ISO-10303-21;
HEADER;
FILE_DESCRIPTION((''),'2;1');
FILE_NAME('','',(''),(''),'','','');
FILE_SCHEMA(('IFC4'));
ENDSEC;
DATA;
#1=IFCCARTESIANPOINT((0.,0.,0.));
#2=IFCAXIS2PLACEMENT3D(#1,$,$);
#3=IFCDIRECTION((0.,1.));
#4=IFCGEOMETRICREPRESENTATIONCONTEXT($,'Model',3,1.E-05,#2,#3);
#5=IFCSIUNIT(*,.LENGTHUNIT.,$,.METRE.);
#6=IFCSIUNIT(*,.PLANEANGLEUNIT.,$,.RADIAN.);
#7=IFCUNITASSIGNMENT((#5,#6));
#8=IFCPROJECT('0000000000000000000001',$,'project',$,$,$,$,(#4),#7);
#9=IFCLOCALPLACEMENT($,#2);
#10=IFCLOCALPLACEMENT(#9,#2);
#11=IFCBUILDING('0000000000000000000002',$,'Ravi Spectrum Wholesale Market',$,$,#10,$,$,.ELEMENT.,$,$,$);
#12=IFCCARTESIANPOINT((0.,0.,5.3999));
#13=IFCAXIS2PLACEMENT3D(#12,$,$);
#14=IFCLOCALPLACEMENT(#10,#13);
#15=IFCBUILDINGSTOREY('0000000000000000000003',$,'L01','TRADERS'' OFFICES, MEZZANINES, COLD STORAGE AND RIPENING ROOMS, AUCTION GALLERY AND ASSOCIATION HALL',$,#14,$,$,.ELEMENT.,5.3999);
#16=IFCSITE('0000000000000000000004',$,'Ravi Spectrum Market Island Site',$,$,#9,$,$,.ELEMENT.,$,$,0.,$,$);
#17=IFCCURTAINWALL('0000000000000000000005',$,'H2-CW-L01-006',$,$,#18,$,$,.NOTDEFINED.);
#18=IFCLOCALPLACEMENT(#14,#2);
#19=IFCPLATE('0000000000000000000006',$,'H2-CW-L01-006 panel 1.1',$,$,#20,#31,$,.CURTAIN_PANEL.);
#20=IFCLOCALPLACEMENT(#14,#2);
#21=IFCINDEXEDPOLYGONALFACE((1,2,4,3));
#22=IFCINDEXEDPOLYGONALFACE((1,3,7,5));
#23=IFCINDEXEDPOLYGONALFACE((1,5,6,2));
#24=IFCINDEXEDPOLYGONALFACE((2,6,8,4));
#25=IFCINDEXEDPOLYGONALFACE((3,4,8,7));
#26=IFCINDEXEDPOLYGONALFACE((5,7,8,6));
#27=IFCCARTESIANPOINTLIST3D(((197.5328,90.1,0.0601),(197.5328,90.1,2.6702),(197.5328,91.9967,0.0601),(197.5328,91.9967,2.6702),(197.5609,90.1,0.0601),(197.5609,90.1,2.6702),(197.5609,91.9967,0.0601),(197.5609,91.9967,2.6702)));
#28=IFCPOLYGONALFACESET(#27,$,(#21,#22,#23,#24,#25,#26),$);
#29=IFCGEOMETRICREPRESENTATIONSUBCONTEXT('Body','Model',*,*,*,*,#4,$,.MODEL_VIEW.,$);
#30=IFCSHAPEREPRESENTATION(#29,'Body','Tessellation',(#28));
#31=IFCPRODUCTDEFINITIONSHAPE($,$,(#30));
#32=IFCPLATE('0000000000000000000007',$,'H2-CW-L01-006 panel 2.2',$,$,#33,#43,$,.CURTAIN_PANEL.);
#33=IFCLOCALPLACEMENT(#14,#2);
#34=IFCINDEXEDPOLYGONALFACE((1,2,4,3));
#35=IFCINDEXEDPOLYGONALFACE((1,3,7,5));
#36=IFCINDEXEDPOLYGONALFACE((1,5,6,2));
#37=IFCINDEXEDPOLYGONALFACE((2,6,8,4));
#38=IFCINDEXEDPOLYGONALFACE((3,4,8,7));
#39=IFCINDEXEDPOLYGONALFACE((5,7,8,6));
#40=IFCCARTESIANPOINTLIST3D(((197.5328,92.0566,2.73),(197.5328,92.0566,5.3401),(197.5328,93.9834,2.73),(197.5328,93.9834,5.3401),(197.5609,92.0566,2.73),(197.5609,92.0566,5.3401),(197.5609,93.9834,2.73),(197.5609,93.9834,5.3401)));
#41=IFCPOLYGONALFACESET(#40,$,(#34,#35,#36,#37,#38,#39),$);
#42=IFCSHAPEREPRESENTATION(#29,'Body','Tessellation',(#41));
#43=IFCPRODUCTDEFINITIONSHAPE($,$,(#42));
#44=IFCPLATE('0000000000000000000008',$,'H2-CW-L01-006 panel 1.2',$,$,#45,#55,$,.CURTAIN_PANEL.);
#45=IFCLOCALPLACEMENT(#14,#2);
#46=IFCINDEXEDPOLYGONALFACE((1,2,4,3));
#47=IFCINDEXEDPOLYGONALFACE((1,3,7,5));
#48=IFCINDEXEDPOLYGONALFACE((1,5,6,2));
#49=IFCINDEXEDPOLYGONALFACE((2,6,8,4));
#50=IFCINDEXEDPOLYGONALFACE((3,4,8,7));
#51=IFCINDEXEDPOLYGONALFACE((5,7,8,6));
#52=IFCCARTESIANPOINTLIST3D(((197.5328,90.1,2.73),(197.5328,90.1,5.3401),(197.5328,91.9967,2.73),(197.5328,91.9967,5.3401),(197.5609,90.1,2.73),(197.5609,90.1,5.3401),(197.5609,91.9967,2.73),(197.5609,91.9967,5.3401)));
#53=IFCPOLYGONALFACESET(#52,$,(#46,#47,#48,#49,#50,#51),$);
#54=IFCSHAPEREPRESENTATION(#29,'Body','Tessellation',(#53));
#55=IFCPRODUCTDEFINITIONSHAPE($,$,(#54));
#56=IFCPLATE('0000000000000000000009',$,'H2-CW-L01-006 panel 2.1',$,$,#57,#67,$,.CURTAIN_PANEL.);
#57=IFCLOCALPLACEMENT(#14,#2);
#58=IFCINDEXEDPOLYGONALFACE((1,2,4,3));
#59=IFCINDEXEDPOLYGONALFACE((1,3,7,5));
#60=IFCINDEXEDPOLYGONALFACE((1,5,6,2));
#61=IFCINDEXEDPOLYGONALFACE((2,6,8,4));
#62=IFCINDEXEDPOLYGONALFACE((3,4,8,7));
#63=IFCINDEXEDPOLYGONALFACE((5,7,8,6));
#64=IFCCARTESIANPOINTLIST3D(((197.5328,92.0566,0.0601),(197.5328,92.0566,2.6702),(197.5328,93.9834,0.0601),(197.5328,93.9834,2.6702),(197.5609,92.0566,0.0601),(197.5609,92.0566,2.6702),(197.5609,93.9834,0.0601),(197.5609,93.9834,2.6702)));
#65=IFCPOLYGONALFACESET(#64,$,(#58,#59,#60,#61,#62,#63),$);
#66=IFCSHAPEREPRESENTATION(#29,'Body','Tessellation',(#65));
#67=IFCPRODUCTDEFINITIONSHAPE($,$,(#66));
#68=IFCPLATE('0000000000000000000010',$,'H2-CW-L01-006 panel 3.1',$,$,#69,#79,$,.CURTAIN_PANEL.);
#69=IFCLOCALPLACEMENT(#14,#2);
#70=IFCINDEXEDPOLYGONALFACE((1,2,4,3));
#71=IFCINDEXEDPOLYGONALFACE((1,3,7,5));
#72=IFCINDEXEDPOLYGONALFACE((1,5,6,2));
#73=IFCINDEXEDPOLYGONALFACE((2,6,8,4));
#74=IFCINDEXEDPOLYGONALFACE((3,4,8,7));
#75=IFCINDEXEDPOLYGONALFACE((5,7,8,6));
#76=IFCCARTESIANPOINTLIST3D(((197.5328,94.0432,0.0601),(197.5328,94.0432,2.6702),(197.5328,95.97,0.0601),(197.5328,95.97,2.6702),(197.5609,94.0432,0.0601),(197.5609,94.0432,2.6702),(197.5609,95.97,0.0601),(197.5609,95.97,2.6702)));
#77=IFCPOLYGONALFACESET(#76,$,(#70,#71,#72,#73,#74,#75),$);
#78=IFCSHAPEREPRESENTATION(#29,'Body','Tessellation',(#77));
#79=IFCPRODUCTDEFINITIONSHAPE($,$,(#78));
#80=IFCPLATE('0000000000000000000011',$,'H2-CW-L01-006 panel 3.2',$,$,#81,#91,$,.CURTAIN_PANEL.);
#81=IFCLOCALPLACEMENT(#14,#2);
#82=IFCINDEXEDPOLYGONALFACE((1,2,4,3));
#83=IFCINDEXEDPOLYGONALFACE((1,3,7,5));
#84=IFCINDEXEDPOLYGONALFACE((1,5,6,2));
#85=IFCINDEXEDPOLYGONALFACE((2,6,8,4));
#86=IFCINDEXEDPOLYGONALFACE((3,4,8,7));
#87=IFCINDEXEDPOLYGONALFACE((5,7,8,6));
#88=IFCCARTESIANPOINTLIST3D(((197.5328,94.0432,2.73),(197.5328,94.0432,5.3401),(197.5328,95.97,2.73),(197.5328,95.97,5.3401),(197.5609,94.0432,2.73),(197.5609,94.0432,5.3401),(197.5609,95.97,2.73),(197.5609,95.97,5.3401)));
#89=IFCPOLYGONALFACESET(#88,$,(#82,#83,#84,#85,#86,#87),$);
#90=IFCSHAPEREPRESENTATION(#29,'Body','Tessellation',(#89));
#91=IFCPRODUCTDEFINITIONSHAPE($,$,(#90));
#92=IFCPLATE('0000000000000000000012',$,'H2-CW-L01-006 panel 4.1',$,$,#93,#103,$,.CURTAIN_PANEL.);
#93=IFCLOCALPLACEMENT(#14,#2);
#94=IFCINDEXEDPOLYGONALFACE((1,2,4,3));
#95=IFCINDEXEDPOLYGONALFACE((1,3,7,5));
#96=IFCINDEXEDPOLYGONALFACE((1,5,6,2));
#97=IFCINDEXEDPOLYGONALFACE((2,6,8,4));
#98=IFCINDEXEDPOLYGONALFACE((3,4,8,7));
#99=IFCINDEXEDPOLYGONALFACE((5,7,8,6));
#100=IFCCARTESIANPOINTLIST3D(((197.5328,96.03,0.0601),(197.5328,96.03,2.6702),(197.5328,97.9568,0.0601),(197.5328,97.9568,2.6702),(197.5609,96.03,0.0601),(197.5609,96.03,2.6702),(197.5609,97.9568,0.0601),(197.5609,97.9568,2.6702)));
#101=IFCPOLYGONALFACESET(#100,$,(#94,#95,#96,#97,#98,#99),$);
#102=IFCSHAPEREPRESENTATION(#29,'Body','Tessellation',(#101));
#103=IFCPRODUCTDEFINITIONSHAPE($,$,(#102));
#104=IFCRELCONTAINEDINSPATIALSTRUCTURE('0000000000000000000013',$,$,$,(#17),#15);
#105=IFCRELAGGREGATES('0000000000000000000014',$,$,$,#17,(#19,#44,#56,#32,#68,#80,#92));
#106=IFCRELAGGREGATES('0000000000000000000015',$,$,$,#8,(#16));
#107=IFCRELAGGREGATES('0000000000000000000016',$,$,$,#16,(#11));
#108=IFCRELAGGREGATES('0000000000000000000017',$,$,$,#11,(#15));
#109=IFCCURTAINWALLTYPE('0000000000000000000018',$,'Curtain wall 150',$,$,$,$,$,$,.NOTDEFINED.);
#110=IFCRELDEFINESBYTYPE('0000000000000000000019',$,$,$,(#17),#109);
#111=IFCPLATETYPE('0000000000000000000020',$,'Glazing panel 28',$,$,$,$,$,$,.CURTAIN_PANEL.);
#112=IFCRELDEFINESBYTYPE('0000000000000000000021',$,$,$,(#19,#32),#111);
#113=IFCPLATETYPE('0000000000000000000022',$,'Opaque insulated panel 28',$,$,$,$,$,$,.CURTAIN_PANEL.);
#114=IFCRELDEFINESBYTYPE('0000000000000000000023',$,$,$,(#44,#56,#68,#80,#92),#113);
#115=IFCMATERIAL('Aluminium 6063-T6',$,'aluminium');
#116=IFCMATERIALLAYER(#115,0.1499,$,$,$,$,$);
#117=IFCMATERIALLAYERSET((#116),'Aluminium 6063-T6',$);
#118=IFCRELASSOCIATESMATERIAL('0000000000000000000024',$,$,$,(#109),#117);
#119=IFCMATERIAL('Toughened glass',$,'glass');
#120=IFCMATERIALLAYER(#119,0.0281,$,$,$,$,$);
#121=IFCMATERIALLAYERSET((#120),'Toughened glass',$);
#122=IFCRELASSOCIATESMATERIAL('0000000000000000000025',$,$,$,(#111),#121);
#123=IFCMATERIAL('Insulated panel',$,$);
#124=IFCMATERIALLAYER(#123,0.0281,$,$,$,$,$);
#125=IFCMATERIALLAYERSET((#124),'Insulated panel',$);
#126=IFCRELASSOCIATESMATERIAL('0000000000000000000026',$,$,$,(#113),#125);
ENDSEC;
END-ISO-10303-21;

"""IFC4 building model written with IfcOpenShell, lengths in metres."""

from ifc_helpers import new_model, si_unit, direction, frame, origin, origin_2d, place, context, subcontext, project, spatial, rectangle, extrude, material, layer, layer_set, type_object, element, aggregate, save


model = new_model("IFC4")

# Units and contexts
model_context = context("Model", 3, precision=1e-05, world=origin(), true_north=direction((0.0, 1.0)))
body_context = subcontext(model_context, "Body", "Model", "MODEL_VIEW")
ifc_project = project(units=[si_unit("LENGTHUNIT", "METRE"), si_unit("PLANEANGLEUNIT", "RADIAN")], contexts=[model_context])

# Site, building, storey
site_placement = place(None, origin())
site = spatial("IfcSite", under=ifc_project, at=site_placement, Name="Ravi Spectrum Market Island Site", CompositionType="ELEMENT", RefElevation=0.0)
building_placement = place(site_placement, origin())
building = spatial("IfcBuilding", under=site, at=building_placement, Name="Ravi Spectrum Wholesale Market", CompositionType="ELEMENT")
storey_placement = place(building_placement, frame((0.0, 0.0, 5.3999)))
storey = spatial("IfcBuildingStorey", under=building, at=storey_placement, Name="L01", Description="TRADERS' OFFICES, MEZZANINES, COLD STORAGE AND RIPENING ROOMS, AUCTION GALLERY AND ASSOCIATION HALL", CompositionType="ELEMENT", Elevation=5.3999)

# Curtain wall, plates
ifc_material_1 = material(Name="Aluminium 6063-T6", Category="aluminium")
ifc_layer_1 = layer(ifc_material_1, 0.1499)
ifc_layer_set_1 = layer_set([ifc_layer_1], Name="Aluminium 6063-T6")
curtain_wall_type = type_object("IfcCurtainWallType", Name="Curtain wall 150", PredefinedType="NOTDEFINED", material=ifc_layer_set_1)
curtain_wall_placement = place(storey_placement, origin())
curtain_wall = element("IfcCurtainWall", 1, at=curtain_wall_placement, inside=storey, type_object=curtain_wall_type, Name="H2-CW-L01-006", PredefinedType="NOTDEFINED")
ifc_material_2 = material(Name="Toughened glass", Category="glass")
ifc_layer_2 = layer(ifc_material_2, 0.0281)
ifc_layer_set_2 = layer_set([ifc_layer_2], Name="Toughened glass")
plate_type_1 = type_object("IfcPlateType", Name="Glazing panel 28", PredefinedType="CURTAIN_PANEL", material=ifc_layer_set_2)
plate_1_placement = place(storey_placement, frame((197.5469, 91.0483, 0.0601), z_axis=(0.0, 0.0, 1.0), x_axis=(0.0, 1.0, 0.0)))
plate_1 = element("IfcPlate", 2, at=plate_1_placement, type_object=plate_type_1, Name="H2-CW-L01-006 panel 1.1", PredefinedType="CURTAIN_PANEL", context=body_context, shape_type="SweptSolid", body=[
    extrude(rectangle(XDim=1.8967, YDim=0.0281, at=origin_2d()), origin(), (0.0, 0.0, 1.0), 2.6101),
])
plate_2_placement = place(storey_placement, frame((197.5469, 93.02, 2.73), z_axis=(0.0, 0.0, 1.0), x_axis=(0.0, 1.0, 0.0)))
plate_2 = element("IfcPlate", 3, at=plate_2_placement, type_object=plate_type_1, Name="H2-CW-L01-006 panel 2.2", PredefinedType="CURTAIN_PANEL", context=body_context, shape_type="SweptSolid", body=[
    extrude(rectangle(XDim=1.9268, YDim=0.0281, at=origin_2d()), origin(), (0.0, 0.0, 1.0), 2.6101),
])
ifc_material_3 = material(Name="Insulated panel")
ifc_layer_3 = layer(ifc_material_3, 0.0281)
ifc_layer_set_3 = layer_set([ifc_layer_3], Name="Insulated panel")
plate_type_2 = type_object("IfcPlateType", Name="Opaque insulated panel 28", PredefinedType="CURTAIN_PANEL", material=ifc_layer_set_3)
plate_3_placement = place(storey_placement, frame((197.5469, 91.0483, 2.73), z_axis=(0.0, 0.0, 1.0), x_axis=(0.0, 1.0, 0.0)))
plate_3 = element("IfcPlate", 4, at=plate_3_placement, type_object=plate_type_2, Name="H2-CW-L01-006 panel 1.2", PredefinedType="CURTAIN_PANEL", context=body_context, shape_type="SweptSolid", body=[
    extrude(rectangle(XDim=1.8967, YDim=0.0281, at=origin_2d()), origin(), (0.0, 0.0, 1.0), 2.6101),
])
plate_4_placement = place(storey_placement, frame((197.5469, 93.02, 0.0601), z_axis=(0.0, 0.0, 1.0), x_axis=(0.0, 1.0, 0.0)))
plate_4 = element("IfcPlate", 5, at=plate_4_placement, type_object=plate_type_2, Name="H2-CW-L01-006 panel 2.1", PredefinedType="CURTAIN_PANEL", context=body_context, shape_type="SweptSolid", body=[
    extrude(rectangle(XDim=1.9268, YDim=0.0281, at=origin_2d()), origin(), (0.0, 0.0, 1.0), 2.6101),
])
plate_5_placement = place(storey_placement, frame((197.5469, 95.0066, 0.0601), z_axis=(0.0, 0.0, 1.0), x_axis=(0.0, 1.0, 0.0)))
plate_5 = element("IfcPlate", 6, at=plate_5_placement, type_object=plate_type_2, Name="H2-CW-L01-006 panel 3.1", PredefinedType="CURTAIN_PANEL", context=body_context, shape_type="SweptSolid", body=[
    extrude(rectangle(XDim=1.9268, YDim=0.0281, at=origin_2d()), origin(), (0.0, 0.0, 1.0), 2.6101),
])
plate_6_placement = place(storey_placement, frame((197.5469, 95.0066, 2.73), z_axis=(0.0, 0.0, 1.0), x_axis=(0.0, 1.0, 0.0)))
plate_6 = element("IfcPlate", 7, at=plate_6_placement, type_object=plate_type_2, Name="H2-CW-L01-006 panel 3.2", PredefinedType="CURTAIN_PANEL", context=body_context, shape_type="SweptSolid", body=[
    extrude(rectangle(XDim=1.9268, YDim=0.0281, at=origin_2d()), origin(), (0.0, 0.0, 1.0), 2.6101),
])
plate_7_placement = place(storey_placement, frame((197.5469, 96.9934, 0.0601), z_axis=(0.0, 0.0, 1.0), x_axis=(0.0, 1.0, 0.0)))
plate_7 = element("IfcPlate", 8, at=plate_7_placement, type_object=plate_type_2, Name="H2-CW-L01-006 panel 4.1", PredefinedType="CURTAIN_PANEL", context=body_context, shape_type="SweptSolid", body=[
    extrude(rectangle(XDim=1.9268, YDim=0.0281, at=origin_2d()), origin(), (0.0, 0.0, 1.0), 2.6101),
])
aggregate(curtain_wall, [plate_1, plate_3, plate_4, plate_2, plate_5, plate_6, plate_7])

save(model, "model.ifc")
